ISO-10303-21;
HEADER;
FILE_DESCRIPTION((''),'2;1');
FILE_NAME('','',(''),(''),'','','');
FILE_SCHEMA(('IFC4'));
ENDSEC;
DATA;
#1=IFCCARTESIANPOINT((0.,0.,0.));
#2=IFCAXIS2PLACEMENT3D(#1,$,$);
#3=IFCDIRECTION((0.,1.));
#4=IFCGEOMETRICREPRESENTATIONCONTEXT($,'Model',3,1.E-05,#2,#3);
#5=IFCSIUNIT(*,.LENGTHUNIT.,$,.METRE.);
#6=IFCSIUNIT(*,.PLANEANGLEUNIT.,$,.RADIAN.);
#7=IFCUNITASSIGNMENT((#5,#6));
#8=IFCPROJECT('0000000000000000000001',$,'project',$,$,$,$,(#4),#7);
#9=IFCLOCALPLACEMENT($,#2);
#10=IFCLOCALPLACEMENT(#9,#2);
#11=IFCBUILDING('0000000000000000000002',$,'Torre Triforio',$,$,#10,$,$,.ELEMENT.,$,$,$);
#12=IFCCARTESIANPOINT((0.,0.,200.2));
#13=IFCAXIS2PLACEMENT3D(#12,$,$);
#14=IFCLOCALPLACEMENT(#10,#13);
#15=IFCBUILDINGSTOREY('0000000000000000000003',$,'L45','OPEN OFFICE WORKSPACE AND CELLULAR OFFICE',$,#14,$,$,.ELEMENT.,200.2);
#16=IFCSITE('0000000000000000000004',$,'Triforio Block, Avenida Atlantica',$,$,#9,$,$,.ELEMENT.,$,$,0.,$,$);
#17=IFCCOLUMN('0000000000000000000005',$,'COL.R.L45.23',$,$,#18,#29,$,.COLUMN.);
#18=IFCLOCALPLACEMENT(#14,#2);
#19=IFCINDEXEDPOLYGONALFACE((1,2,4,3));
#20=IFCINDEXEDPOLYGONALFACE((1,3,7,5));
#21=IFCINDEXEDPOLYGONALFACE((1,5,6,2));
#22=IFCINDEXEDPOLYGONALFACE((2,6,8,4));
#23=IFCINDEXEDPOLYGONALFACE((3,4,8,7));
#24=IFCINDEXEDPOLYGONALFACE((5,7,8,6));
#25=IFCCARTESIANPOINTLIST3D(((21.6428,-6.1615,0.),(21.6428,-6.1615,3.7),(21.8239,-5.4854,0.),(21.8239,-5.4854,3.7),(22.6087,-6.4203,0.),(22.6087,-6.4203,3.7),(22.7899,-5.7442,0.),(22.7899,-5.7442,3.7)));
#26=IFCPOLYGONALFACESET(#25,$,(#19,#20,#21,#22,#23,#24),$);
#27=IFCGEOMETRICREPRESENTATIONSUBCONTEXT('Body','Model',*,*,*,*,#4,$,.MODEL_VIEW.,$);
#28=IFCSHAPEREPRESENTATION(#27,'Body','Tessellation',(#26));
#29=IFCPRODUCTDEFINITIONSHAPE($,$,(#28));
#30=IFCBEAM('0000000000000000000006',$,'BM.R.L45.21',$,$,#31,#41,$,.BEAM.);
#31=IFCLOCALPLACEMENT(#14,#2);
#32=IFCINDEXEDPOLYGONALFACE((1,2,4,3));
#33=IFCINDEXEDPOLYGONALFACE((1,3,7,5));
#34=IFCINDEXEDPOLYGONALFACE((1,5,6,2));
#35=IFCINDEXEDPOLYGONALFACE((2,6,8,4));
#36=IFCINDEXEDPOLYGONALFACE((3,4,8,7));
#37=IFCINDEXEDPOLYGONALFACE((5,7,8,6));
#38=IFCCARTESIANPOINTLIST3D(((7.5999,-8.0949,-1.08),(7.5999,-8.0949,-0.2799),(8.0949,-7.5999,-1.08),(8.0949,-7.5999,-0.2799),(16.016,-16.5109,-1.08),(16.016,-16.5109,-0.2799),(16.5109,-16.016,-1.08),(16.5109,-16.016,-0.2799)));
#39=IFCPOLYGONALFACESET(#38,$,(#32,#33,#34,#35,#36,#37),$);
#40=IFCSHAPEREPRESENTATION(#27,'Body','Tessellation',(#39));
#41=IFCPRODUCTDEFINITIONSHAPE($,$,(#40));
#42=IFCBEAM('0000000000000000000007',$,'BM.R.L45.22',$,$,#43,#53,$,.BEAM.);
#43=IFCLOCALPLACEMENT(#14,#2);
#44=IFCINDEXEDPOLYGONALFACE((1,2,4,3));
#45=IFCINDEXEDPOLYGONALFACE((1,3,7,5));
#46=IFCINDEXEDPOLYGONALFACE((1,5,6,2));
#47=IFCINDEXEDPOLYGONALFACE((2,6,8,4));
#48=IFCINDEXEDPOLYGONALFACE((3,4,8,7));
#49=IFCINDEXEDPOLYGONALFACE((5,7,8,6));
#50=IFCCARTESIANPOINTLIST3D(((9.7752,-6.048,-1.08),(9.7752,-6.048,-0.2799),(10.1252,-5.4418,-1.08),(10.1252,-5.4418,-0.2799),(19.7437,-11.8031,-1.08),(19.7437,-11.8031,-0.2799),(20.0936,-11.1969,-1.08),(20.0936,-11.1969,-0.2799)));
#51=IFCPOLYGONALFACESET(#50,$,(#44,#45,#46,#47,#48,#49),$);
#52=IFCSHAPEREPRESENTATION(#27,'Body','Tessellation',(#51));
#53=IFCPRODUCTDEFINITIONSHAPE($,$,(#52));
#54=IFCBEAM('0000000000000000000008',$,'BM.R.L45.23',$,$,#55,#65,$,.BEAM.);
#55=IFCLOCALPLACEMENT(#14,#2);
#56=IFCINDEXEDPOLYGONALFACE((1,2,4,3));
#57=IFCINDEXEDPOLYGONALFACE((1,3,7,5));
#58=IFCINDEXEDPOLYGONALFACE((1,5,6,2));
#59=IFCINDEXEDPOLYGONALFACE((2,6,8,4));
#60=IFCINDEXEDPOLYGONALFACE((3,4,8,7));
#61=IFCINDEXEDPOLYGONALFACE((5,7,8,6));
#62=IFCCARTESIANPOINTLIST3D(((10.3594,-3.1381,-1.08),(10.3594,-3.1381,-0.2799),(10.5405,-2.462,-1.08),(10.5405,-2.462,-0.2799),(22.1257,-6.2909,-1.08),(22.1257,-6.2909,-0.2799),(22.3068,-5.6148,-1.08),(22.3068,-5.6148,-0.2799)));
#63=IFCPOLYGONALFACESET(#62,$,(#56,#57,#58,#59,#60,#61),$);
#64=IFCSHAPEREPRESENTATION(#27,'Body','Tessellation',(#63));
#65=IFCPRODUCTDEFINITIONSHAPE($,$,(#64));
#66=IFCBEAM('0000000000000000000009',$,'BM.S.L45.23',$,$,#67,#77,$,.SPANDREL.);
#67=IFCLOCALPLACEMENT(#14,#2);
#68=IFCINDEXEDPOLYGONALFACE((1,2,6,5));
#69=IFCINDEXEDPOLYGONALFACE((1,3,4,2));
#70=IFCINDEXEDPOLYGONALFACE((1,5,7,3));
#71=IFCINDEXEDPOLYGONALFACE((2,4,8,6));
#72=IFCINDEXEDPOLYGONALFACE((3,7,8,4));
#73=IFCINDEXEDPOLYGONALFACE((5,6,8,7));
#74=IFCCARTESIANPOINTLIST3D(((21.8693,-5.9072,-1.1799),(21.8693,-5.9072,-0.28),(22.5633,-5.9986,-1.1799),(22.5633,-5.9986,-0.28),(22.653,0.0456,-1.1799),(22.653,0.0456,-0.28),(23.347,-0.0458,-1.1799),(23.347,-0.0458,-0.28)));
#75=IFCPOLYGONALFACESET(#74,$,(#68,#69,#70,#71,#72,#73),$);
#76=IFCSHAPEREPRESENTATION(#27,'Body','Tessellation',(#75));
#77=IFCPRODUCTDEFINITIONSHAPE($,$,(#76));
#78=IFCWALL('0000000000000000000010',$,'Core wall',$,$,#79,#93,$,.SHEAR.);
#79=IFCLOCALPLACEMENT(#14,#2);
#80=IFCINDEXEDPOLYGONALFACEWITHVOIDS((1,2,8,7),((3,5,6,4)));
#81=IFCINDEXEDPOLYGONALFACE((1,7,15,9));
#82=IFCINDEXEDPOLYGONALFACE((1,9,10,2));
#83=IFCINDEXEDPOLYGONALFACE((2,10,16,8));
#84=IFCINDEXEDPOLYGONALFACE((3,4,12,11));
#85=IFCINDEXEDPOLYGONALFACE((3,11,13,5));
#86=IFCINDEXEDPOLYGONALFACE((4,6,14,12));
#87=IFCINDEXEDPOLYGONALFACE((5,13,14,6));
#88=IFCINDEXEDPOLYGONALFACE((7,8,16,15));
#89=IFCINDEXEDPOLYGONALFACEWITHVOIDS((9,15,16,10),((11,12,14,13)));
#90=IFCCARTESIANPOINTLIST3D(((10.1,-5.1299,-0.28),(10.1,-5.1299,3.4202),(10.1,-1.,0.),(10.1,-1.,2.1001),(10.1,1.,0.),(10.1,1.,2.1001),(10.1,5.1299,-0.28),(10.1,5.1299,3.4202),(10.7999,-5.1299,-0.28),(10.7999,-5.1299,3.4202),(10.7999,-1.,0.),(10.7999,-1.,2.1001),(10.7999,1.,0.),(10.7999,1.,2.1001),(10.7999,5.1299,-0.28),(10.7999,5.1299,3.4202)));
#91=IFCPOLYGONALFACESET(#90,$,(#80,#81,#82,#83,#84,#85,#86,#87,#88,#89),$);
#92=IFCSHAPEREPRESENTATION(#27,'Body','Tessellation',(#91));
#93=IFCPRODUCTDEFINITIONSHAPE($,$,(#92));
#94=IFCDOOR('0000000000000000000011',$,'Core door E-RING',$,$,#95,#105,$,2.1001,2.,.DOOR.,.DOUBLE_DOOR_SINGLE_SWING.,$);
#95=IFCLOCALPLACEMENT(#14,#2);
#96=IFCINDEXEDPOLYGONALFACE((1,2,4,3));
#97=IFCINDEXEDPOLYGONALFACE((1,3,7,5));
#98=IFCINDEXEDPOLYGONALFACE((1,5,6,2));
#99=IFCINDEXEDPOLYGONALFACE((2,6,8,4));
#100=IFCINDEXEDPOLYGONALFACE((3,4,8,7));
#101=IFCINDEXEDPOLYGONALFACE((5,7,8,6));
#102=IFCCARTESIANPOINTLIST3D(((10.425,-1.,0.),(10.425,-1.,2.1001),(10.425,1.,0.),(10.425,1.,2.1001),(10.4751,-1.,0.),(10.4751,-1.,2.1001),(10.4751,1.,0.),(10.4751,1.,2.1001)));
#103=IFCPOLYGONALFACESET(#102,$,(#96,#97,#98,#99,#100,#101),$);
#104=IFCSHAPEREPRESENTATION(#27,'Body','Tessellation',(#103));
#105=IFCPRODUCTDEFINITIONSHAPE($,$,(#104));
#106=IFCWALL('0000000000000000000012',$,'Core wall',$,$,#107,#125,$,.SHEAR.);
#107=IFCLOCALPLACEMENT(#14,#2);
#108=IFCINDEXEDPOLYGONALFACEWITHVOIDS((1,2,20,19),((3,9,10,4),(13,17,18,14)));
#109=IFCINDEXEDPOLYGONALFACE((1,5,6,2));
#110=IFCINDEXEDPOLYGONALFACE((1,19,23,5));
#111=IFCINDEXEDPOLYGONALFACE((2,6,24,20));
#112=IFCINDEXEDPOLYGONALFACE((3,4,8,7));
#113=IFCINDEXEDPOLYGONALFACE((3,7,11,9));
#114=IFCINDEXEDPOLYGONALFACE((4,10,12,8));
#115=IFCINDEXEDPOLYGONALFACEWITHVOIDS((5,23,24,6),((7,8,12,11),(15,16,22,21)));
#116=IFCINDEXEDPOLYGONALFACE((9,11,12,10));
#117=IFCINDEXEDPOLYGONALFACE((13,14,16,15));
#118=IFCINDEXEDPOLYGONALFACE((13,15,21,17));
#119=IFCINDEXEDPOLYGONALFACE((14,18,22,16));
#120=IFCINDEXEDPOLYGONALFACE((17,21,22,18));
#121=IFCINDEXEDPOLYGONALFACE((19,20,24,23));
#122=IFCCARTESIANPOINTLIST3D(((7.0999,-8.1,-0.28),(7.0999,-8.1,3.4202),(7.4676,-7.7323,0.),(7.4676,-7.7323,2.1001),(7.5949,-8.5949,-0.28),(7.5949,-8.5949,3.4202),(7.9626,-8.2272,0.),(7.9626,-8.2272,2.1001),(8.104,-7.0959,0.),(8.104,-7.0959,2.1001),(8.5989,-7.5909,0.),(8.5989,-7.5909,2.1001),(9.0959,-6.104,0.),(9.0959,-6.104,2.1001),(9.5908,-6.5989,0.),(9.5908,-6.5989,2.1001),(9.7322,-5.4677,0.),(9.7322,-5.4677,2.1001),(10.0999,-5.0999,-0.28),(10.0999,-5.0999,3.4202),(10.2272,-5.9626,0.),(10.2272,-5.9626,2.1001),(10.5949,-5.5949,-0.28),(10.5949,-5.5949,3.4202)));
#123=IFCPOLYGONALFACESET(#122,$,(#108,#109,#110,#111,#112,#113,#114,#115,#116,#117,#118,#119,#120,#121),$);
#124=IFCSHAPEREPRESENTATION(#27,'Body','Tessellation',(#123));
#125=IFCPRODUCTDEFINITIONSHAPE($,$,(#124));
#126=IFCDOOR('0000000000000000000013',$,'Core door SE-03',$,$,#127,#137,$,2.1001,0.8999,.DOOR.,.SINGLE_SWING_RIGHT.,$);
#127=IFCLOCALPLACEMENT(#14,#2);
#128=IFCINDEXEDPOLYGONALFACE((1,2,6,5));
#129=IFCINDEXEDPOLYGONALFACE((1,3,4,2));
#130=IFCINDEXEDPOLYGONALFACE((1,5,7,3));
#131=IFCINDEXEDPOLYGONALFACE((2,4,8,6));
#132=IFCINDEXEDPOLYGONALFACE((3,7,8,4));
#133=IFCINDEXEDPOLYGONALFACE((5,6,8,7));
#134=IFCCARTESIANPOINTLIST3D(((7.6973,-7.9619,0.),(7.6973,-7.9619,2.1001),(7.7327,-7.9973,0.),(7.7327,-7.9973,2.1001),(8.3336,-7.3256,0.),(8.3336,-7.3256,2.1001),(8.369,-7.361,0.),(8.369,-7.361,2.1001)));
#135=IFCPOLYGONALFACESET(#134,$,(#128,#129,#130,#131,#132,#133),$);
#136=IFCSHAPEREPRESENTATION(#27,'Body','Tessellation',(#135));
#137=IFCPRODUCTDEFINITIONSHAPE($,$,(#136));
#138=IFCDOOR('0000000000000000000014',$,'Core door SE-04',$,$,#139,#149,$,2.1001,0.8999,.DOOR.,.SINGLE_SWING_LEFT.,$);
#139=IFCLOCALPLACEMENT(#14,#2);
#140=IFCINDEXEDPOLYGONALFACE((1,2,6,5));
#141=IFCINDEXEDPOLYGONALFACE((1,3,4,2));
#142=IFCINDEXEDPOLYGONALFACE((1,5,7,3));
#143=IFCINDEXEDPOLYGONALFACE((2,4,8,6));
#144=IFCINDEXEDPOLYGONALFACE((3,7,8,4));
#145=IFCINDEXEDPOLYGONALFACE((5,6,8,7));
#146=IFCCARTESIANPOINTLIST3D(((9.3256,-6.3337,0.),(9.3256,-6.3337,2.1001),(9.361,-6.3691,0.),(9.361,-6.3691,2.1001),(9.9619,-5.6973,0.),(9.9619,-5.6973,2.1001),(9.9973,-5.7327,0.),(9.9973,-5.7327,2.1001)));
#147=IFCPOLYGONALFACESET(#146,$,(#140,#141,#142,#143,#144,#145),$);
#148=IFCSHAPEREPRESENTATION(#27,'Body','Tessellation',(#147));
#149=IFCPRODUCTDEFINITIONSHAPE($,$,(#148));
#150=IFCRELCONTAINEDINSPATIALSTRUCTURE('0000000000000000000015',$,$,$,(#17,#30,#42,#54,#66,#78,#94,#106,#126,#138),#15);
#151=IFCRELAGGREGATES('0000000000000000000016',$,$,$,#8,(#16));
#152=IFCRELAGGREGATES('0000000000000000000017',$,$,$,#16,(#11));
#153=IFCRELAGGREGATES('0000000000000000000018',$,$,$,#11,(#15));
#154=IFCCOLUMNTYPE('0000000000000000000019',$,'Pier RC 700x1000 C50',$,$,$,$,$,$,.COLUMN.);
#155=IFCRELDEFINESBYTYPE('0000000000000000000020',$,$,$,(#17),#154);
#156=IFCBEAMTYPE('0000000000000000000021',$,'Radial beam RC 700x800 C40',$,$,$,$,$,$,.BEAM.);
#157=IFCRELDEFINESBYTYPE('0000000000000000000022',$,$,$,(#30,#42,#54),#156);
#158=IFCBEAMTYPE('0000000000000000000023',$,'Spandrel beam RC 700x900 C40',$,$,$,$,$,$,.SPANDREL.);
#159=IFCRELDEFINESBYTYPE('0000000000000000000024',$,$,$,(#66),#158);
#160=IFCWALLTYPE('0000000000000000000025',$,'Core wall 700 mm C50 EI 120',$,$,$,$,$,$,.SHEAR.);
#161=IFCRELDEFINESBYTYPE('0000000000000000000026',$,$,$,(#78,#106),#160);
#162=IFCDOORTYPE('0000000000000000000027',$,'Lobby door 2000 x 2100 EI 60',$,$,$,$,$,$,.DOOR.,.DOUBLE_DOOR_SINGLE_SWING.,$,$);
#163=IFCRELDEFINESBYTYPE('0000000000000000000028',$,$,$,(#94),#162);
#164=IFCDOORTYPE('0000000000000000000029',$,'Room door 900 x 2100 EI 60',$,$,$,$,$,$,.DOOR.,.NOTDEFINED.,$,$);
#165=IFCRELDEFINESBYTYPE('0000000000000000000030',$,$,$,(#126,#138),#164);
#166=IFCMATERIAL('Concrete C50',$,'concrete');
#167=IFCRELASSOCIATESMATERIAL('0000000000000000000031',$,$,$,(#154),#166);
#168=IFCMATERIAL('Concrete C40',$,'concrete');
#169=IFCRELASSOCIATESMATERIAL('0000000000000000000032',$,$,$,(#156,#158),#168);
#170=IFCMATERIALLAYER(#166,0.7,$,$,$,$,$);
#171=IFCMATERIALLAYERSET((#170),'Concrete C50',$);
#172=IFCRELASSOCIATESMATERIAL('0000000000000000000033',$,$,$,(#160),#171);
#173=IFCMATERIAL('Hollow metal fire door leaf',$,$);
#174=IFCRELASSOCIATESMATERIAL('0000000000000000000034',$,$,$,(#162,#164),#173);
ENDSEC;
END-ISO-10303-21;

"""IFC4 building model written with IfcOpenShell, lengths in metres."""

from ifc_helpers import new_model, si_unit, direction, frame, frame_2d, origin, origin_2d, place, context, subcontext, project, spatial, rectangle, extrude, material, layer, layer_set, material_profile, profile_set, type_object, element, fill, save


model = new_model("IFC4")

# Units and contexts
model_context = context("Model", 3, precision=1e-05, world=origin(), true_north=direction((0.0, 1.0)))
body_context = subcontext(model_context, "Body", "Model", "MODEL_VIEW")
ifc_project = project(units=[si_unit("LENGTHUNIT", "METRE"), si_unit("PLANEANGLEUNIT", "RADIAN")], contexts=[model_context])

# Site, building, storey
site_placement = place(None, origin())
site = spatial("IfcSite", under=ifc_project, at=site_placement, Name="Triforio Block, Avenida Atlantica", CompositionType="ELEMENT", RefElevation=0.0)
building_placement = place(site_placement, origin())
building = spatial("IfcBuilding", under=site, at=building_placement, Name="Torre Triforio", CompositionType="ELEMENT")
storey_placement = place(building_placement, frame((0.0, 0.0, 200.2)))
storey = spatial("IfcBuildingStorey", under=building, at=storey_placement, Name="L45", Description="OPEN OFFICE WORKSPACE AND CELLULAR OFFICE", CompositionType="ELEMENT", Elevation=200.2)

# Column
ifc_material_1 = material(Name="Concrete C50", Category="concrete")
ifc_material_profile_1 = material_profile(ifc_material_1, rectangle(XDim=0.7, YDim=1.0, at=origin_2d()), Name="RC 700x1000")
ifc_profile_set_1 = profile_set([ifc_material_profile_1], Name="Concrete C50")
column_type = type_object("IfcColumnType", Name="Pier RC 700x1000 C50", PredefinedType="COLUMN", material=ifc_profile_set_1)
column_placement = place(storey_placement, frame((22.2163, -5.9529, 0.0), z_axis=(0.0, 0.0, 1.0), x_axis=(0.258819, 0.965926, 0.0)))
element("IfcColumn", 1, at=column_placement, inside=storey, type_object=column_type, Name="COL.R.L45.23", PredefinedType="COLUMN", context=body_context, shape_type="SweptSolid", body=[
    extrude(rectangle(XDim=0.7, YDim=1.0, at=origin_2d()), origin(), (0.0, 0.0, 1.0), 3.7),
])

# Beams
ifc_material_2 = material(Name="Concrete C40", Category="concrete")
ifc_material_profile_2 = material_profile(ifc_material_2, rectangle(XDim=0.7, YDim=0.8, at=origin_2d()), Name="RC 700x800")
ifc_profile_set_2 = profile_set([ifc_material_profile_2], Name="Concrete C40")
beam_type_1 = type_object("IfcBeamType", Name="Radial beam RC 700x800 C40", PredefinedType="BEAM", material=ifc_profile_set_2)
beam_1_placement = place(storey_placement, frame((7.8474, -7.8474, -0.6799), z_axis=(0.707107, -0.707107, 0.0), x_axis=(0.707107, 0.707107, 0.0)))
element("IfcBeam", 2, at=beam_1_placement, inside=storey, type_object=beam_type_1, Name="BM.R.L45.21", PredefinedType="BEAM", context=body_context, shape_type="SweptSolid", body=[
    extrude(rectangle(XDim=0.7, YDim=0.8, at=origin_2d()), origin(), (0.0, 0.0, 1.0), 11.9021),
])
beam_2_placement = place(storey_placement, frame((9.9502, -5.7449, -0.6799), z_axis=(0.866033, -0.499987, 0.0), x_axis=(0.499987, 0.866033, 0.0)))
element("IfcBeam", 3, at=beam_2_placement, inside=storey, type_object=beam_type_1, Name="BM.R.L45.22", PredefinedType="BEAM", context=body_context, shape_type="SweptSolid", body=[
    extrude(rectangle(XDim=0.7, YDim=0.8, at=origin_2d()), origin(), (0.0, 0.0, 1.0), 11.5105),
])
beam_3_placement = place(storey_placement, frame((10.45, -2.8, -0.6799), z_axis=(0.965925, -0.258823, 0.0), x_axis=(0.258823, 0.965925, 0.0)))
element("IfcBeam", 4, at=beam_3_placement, inside=storey, type_object=beam_type_1, Name="BM.R.L45.23", PredefinedType="BEAM", context=body_context, shape_type="SweptSolid", body=[
    extrude(rectangle(XDim=0.7, YDim=0.8, at=origin_2d()), origin(), (0.0, 0.0, 1.0), 12.1814),
])
ifc_material_profile_3 = material_profile(ifc_material_2, rectangle(XDim=0.7, YDim=0.8999, at=origin_2d()), Name="RC 700x900")
ifc_profile_set_3 = profile_set([ifc_material_profile_3], Name="Concrete C40")
beam_type_2 = type_object("IfcBeamType", Name="Spandrel beam RC 700x900 C40", PredefinedType="SPANDREL", material=ifc_profile_set_3)
beam_4_placement = place(storey_placement, frame((22.2163, -5.9529, -0.73), z_axis=(0.130523, 0.991445, 0.0), x_axis=(-0.991445, 0.130523, 0.0)))
element("IfcBeam", 5, at=beam_4_placement, inside=storey, type_object=beam_type_2, Name="BM.S.L45.23", PredefinedType="SPANDREL", context=body_context, shape_type="SweptSolid", body=[
    extrude(rectangle(XDim=0.7, YDim=0.8999, at=origin_2d()), origin(), (0.0, 0.0, 1.0), 6.0042),
])

# Wall, opening, door
ifc_layer_1 = layer(ifc_material_1, 0.7)
ifc_layer_set_1 = layer_set([ifc_layer_1], Name="Concrete C50")
wall_type_1 = type_object("IfcWallType", Name="Core wall 700 mm C50 EI 120", PredefinedType="SHEAR", material=ifc_layer_set_1)
wall_1_placement = place(storey_placement, frame((10.45, -5.1299, -0.28), z_axis=(0.0, 0.0, 1.0), x_axis=(0.0, 1.0, 0.0)))
wall_1 = element("IfcWall", 6, at=wall_1_placement, inside=storey, type_object=wall_type_1, Name="Core wall", PredefinedType="SHEAR", context=body_context, shape_type="SweptSolid", body=[
    extrude(rectangle(XDim=10.2598, YDim=0.7, at=frame_2d((5.1299, 0.0))), origin(), (0.0, 0.0, 1.0), 3.7002),
])
opening_1_placement = place(wall_1_placement, frame((4.1299, 0.0, 0.28)))
opening_1 = element("IfcOpeningElement", 7, at=opening_1_placement, cuts=wall_1, PredefinedType="OPENING", context=body_context, shape_type="SweptSolid", body=[
    extrude(rectangle(XDim=2.0, YDim=2.1001, at=frame_2d((1.0, 1.05))), frame((0.0, 0.3599, 0.0), z_axis=(0.0, -1.0, 0.0), x_axis=(1.0, 0.0, 0.0)), (0.0, 0.0, 1.0), 0.72),
])
ifc_material_3 = material(Name="Hollow metal fire door leaf")
door_type_1 = type_object("IfcDoorType", Name="Lobby door 2000 x 2100 EI 60", OperationType="DOUBLE_DOOR_SINGLE_SWING", PredefinedType="DOOR", material=ifc_material_3)
door_1_placement = place(opening_1_placement, origin())
door_1 = element("IfcDoor", 8, at=door_1_placement, inside=storey, type_object=door_type_1, Name="Core door E-RING", OperationType="DOUBLE_DOOR_SINGLE_SWING", OverallHeight=2.1001, OverallWidth=2.0, PredefinedType="DOOR", context=body_context, shape_type="SweptSolid", body=[
    extrude(rectangle(XDim=2.0, YDim=2.1001, at=frame_2d((1.0, 1.05))), frame((0.0, 0.0249, 0.0), z_axis=(0.0, -1.0, 0.0), x_axis=(1.0, 0.0, 0.0)), (0.0, 0.0, 1.0), 0.05),
])
fill(opening_1, door_1)

# Wall, openings, doors
wall_2_placement = place(storey_placement, frame((10.3474, -5.3474, -0.28), z_axis=(0.0, 0.0, 1.0), x_axis=(-0.707107, -0.707107, 0.0)))
wall_2 = element("IfcWall", 9, at=wall_2_placement, inside=storey, type_object=wall_type_1, Name="Core wall", PredefinedType="SHEAR", context=body_context, shape_type="SweptSolid", body=[
    extrude(rectangle(XDim=4.2427, YDim=0.7, at=frame_2d((2.1213, 0.0))), origin(), (0.0, 0.0, 1.0), 3.7002),
])
opening_2_placement = place(wall_2_placement, frame((2.8228, 0.0, 0.28)))
opening_2 = element("IfcOpeningElement", 10, at=opening_2_placement, cuts=wall_2, PredefinedType="OPENING", context=body_context, shape_type="SweptSolid", body=[
    extrude(rectangle(XDim=0.8999, YDim=2.1001, at=frame_2d((0.45, 1.05))), frame((0.0, 0.3599, 0.0), z_axis=(0.0, -1.0, 0.0), x_axis=(1.0, 0.0, 0.0)), (0.0, 0.0, 1.0), 0.72),
])
opening_3_placement = place(wall_2_placement, frame((0.52, 0.0, 0.28)))
opening_3 = element("IfcOpeningElement", 11, at=opening_3_placement, cuts=wall_2, PredefinedType="OPENING", context=body_context, shape_type="SweptSolid", body=[
    extrude(rectangle(XDim=0.8999, YDim=2.1001, at=frame_2d((0.45, 1.05))), frame((0.0, 0.3599, 0.0), z_axis=(0.0, -1.0, 0.0), x_axis=(1.0, 0.0, 0.0)), (0.0, 0.0, 1.0), 0.72),
])
door_type_2 = type_object("IfcDoorType", Name="Room door 900 x 2100 EI 60", OperationType="NOTDEFINED", PredefinedType="DOOR", material=ifc_material_3)
door_2_placement = place(opening_2_placement, origin())
door_2 = element("IfcDoor", 12, at=door_2_placement, inside=storey, type_object=door_type_2, Name="Core door SE-03", OperationType="SINGLE_SWING_RIGHT", OverallHeight=2.1001, OverallWidth=0.8999, PredefinedType="DOOR", context=body_context, shape_type="SweptSolid", body=[
    extrude(rectangle(XDim=0.8999, YDim=2.1001, at=frame_2d((0.45, 1.05))), frame((0.0, 0.0249, 0.0), z_axis=(0.0, -1.0, 0.0), x_axis=(1.0, 0.0, 0.0)), (0.0, 0.0, 1.0), 0.05),
])
fill(opening_2, door_2)
door_3_placement = place(opening_3_placement, origin())
door_3 = element("IfcDoor", 13, at=door_3_placement, inside=storey, type_object=door_type_2, Name="Core door SE-04", OperationType="SINGLE_SWING_LEFT", OverallHeight=2.1001, OverallWidth=0.8999, PredefinedType="DOOR", context=body_context, shape_type="SweptSolid", body=[
    extrude(rectangle(XDim=0.8999, YDim=2.1001, at=frame_2d((0.45, 1.05))), frame((0.0, 0.0249, 0.0), z_axis=(0.0, -1.0, 0.0), x_axis=(1.0, 0.0, 0.0)), (0.0, 0.0, 1.0), 0.05),
])
fill(opening_3, door_3)

save(model, "model.ifc")
